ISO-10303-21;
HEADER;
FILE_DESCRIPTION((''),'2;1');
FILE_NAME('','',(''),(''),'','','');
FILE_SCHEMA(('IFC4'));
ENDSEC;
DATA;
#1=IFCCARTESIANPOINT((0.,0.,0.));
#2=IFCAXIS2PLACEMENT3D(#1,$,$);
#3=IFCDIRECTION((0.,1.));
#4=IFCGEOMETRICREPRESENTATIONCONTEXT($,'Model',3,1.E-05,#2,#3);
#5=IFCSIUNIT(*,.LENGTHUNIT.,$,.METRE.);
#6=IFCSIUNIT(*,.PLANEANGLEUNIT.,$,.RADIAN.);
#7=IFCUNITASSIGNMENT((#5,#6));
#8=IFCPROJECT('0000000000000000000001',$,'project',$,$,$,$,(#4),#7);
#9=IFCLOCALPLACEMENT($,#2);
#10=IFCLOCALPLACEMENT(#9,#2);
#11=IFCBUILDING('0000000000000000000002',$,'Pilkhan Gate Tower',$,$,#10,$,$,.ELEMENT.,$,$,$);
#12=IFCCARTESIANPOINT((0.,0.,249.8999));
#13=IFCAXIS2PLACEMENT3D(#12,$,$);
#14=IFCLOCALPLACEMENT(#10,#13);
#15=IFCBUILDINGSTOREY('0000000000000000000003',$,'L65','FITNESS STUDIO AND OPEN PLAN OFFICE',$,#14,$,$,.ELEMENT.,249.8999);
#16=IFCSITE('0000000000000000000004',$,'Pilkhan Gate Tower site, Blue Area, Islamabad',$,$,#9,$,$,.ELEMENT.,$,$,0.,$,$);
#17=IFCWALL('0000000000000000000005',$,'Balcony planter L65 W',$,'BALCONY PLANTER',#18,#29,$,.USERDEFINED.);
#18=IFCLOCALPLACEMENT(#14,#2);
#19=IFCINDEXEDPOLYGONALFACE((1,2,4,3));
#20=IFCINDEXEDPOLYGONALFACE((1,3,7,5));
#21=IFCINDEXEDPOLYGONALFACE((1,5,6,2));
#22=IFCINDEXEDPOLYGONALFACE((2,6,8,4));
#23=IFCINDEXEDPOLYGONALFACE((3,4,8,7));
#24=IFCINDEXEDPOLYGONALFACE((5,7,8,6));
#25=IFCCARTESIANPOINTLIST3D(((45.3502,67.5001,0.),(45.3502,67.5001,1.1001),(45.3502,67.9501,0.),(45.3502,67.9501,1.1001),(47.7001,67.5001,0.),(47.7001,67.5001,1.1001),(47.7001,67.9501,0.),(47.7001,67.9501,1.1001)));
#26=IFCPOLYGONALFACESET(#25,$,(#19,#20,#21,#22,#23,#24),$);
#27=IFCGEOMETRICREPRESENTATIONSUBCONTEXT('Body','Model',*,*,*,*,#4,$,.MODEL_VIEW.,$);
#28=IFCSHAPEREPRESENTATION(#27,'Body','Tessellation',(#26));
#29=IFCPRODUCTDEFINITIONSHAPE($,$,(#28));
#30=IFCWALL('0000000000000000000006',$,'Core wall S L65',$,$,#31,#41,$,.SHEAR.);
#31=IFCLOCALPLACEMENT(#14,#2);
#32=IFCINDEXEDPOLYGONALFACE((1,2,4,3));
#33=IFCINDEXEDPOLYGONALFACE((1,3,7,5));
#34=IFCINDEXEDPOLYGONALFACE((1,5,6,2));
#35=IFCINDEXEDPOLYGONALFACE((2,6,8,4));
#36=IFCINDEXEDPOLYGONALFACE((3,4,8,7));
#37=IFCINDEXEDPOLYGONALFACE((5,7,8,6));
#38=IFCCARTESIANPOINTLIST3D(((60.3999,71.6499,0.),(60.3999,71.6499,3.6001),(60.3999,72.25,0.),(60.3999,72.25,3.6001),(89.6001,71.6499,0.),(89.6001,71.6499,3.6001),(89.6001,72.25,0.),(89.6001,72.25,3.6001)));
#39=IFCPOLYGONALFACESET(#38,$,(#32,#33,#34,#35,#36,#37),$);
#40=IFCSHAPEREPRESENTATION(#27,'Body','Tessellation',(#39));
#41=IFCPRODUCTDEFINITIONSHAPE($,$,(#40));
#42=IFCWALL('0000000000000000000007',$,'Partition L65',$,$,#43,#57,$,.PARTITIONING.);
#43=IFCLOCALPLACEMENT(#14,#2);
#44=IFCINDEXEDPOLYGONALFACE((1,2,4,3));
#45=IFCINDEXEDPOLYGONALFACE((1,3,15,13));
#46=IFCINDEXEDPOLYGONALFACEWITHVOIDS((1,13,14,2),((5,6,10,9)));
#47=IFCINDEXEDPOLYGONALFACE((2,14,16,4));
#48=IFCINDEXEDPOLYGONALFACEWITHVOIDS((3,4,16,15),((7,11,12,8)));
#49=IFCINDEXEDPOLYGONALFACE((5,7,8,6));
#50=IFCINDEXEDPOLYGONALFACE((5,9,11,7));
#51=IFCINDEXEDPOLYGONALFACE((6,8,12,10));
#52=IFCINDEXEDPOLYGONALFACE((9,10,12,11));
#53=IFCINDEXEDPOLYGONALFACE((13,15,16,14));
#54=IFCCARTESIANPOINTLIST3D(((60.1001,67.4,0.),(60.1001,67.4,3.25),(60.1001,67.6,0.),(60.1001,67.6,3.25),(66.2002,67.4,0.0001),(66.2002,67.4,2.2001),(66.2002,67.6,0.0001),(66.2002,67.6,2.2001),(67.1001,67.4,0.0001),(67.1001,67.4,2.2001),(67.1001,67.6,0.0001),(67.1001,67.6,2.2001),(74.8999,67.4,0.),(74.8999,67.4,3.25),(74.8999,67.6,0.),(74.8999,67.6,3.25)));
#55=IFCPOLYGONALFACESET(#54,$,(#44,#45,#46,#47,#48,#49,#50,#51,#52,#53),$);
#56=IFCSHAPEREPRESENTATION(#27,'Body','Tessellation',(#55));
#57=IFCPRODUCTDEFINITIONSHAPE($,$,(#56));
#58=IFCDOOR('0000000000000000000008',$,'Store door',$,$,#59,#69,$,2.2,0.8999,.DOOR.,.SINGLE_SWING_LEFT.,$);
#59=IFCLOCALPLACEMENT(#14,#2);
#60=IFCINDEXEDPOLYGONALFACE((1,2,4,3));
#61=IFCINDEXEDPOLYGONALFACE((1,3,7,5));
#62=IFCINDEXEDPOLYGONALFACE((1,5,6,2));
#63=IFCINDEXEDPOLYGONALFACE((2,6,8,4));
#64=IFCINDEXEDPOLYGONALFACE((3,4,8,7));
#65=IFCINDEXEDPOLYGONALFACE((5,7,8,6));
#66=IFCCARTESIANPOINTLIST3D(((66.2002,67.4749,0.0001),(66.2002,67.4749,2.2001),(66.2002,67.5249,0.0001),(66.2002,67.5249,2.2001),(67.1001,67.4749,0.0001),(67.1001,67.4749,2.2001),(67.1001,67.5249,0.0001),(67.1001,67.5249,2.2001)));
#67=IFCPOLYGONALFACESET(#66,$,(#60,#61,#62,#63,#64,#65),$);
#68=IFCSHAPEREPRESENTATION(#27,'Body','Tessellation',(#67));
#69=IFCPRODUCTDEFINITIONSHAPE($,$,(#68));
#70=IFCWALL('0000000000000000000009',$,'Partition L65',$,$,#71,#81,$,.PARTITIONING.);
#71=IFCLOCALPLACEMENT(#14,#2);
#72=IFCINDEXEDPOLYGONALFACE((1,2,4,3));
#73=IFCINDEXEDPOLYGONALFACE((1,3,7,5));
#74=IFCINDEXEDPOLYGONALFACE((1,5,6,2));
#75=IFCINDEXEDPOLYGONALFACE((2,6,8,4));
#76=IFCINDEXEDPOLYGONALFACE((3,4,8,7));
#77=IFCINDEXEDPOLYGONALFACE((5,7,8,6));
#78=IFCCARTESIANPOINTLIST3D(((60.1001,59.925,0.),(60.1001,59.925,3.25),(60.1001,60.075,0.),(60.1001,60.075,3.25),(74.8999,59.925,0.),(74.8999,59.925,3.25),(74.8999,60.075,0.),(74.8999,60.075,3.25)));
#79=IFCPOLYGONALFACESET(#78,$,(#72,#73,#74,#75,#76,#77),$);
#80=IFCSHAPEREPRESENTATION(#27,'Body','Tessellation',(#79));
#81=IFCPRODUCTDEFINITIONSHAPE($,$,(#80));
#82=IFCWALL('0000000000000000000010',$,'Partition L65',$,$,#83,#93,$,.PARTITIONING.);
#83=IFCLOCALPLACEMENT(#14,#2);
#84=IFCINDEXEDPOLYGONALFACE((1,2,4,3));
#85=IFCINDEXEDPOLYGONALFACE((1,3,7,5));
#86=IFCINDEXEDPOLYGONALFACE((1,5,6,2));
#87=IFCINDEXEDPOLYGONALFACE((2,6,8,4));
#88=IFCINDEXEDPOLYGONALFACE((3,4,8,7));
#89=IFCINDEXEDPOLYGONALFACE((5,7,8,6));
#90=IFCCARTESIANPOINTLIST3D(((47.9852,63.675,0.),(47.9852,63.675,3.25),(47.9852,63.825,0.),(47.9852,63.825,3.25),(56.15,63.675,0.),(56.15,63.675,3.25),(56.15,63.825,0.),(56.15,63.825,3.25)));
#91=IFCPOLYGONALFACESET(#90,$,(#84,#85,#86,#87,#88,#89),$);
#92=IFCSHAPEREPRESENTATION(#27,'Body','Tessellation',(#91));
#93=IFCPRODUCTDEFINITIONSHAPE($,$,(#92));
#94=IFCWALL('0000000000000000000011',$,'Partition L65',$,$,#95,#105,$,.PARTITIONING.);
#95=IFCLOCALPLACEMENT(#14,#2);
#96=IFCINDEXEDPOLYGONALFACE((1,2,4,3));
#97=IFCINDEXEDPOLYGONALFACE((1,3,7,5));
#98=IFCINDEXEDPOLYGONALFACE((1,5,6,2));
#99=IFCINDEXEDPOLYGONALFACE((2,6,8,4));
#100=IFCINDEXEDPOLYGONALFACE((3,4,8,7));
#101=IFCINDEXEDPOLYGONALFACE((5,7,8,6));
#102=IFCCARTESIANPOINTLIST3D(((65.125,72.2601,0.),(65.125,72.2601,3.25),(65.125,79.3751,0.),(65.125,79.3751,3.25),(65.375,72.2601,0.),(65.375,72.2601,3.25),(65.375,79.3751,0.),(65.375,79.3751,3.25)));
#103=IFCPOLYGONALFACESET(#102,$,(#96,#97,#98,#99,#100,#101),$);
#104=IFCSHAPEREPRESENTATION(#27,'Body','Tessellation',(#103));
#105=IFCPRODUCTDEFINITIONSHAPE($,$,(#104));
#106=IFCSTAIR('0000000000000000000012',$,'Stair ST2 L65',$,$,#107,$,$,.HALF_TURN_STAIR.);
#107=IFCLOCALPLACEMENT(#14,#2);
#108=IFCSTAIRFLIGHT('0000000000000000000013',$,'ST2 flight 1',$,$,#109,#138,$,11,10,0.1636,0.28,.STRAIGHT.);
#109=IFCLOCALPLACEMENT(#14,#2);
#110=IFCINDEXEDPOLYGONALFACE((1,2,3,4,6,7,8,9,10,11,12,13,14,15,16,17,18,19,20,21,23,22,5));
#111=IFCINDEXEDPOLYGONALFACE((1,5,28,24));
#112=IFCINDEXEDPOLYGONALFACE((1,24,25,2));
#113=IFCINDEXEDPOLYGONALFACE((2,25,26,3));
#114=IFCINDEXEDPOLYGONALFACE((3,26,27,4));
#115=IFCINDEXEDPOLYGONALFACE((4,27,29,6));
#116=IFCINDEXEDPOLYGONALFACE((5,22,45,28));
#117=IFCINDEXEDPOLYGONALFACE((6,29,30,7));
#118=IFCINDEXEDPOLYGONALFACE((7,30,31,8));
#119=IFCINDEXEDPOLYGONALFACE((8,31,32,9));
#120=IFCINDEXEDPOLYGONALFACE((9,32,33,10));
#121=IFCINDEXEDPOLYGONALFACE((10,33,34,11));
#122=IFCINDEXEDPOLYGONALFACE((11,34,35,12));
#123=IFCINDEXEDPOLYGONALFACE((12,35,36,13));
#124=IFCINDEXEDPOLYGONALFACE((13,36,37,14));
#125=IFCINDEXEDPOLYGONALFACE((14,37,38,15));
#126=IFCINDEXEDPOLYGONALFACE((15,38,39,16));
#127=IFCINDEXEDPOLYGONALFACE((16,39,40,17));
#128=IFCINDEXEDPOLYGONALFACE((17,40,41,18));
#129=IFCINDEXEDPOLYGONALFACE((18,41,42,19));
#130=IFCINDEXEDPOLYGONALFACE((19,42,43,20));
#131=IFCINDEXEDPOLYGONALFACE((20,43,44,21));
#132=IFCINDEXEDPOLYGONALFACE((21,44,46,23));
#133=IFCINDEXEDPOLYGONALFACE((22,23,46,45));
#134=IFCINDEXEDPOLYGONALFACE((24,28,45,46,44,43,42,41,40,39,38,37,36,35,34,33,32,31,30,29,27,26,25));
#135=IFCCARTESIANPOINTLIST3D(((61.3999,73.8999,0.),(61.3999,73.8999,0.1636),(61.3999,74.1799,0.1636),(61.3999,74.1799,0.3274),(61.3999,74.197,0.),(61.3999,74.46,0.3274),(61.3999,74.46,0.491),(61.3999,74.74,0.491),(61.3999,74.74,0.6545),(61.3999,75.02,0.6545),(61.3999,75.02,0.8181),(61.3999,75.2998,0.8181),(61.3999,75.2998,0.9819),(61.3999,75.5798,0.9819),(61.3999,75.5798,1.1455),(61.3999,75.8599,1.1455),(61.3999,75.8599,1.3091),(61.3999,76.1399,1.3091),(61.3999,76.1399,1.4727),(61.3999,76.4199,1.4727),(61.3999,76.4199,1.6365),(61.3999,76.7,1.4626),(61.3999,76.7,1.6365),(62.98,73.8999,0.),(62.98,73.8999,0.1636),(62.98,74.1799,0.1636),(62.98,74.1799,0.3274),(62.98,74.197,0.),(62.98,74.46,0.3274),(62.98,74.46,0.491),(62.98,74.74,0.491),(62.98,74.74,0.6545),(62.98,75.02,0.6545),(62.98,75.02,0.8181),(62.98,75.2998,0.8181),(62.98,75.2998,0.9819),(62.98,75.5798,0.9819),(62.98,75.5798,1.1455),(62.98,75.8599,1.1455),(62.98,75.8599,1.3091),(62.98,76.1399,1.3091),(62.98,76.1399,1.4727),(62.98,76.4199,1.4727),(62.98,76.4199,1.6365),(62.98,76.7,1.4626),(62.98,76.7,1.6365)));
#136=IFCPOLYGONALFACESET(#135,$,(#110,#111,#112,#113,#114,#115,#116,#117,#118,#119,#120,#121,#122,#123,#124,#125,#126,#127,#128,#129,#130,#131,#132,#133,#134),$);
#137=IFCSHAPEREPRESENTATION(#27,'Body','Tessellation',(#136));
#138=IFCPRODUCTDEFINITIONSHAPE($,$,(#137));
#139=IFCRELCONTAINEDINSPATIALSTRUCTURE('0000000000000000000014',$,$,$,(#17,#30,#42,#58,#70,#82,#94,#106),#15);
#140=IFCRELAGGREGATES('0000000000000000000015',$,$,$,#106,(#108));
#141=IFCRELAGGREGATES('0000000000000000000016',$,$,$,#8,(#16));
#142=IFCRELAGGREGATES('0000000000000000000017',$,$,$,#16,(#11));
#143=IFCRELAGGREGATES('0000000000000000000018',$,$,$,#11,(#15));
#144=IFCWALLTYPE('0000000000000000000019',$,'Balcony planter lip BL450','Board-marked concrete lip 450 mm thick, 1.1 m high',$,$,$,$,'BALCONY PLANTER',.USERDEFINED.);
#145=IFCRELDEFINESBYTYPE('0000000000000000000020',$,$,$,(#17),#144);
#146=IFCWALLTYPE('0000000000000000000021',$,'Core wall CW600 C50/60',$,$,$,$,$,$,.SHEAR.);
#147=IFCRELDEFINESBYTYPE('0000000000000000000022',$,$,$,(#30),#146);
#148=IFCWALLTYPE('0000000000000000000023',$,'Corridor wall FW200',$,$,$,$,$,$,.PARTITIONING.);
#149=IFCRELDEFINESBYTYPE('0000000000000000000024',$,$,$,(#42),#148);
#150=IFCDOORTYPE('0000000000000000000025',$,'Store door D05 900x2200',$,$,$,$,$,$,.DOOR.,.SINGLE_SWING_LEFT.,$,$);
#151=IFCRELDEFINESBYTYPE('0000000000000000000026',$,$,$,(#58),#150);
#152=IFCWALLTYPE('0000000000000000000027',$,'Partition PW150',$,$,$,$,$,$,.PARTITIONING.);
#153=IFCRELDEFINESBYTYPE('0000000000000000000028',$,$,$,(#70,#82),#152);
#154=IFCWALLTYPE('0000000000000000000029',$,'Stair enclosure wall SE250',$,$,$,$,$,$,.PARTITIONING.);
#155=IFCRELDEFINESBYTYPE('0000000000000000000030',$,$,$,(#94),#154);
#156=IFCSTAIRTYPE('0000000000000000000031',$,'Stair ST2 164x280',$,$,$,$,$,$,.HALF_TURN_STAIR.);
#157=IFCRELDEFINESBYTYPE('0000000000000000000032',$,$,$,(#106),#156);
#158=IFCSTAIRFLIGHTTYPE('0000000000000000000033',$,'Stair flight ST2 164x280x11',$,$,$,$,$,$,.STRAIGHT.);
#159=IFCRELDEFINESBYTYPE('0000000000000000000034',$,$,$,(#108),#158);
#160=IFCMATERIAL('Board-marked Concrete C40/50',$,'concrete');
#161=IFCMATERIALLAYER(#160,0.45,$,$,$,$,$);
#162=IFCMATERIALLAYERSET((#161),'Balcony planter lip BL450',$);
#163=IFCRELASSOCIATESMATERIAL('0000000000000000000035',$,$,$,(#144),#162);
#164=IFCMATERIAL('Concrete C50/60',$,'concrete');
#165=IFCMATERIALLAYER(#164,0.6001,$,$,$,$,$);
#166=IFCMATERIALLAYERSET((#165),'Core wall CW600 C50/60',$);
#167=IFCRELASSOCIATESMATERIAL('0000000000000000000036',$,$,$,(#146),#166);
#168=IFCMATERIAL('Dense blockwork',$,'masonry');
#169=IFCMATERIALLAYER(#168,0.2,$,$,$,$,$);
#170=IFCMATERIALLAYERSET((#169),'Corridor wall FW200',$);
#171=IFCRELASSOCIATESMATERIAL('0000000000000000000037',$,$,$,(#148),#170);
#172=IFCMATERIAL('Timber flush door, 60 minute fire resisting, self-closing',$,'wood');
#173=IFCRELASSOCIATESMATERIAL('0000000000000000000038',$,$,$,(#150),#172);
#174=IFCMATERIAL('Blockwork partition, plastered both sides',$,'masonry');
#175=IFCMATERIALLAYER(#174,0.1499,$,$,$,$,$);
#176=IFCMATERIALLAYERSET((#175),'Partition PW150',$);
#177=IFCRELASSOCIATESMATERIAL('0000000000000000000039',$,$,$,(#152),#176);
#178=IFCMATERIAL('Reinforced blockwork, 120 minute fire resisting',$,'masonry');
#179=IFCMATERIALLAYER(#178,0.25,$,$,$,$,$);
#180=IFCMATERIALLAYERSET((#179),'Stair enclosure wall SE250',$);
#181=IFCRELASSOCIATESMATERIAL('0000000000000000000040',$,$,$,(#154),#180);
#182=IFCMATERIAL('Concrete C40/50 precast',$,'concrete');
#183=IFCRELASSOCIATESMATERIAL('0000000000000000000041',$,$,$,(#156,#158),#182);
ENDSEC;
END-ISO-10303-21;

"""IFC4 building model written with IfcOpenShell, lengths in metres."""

from ifc_helpers import new_model, si_unit, direction, frame, frame_2d, origin, place, context, subcontext, project, spatial, polyline, rectangle, outline, extrude, material, layer, layer_set, type_object, element, fill, aggregate, save


model = new_model("IFC4")

# Units and contexts
model_context = context("Model", 3, precision=1e-05, world=origin(), true_north=direction((0.0, 1.0)))
body_context = subcontext(model_context, "Body", "Model", "MODEL_VIEW")
ifc_project = project(units=[si_unit("LENGTHUNIT", "METRE"), si_unit("PLANEANGLEUNIT", "RADIAN")], contexts=[model_context])

# Site, building, storey
site_placement = place(None, origin())
site = spatial("IfcSite", under=ifc_project, at=site_placement, Name="Pilkhan Gate Tower site, Blue Area, Islamabad", CompositionType="ELEMENT", RefElevation=0.0)
building_placement = place(site_placement, origin())
building = spatial("IfcBuilding", under=site, at=building_placement, Name="Pilkhan Gate Tower", CompositionType="ELEMENT")
storey_placement = place(building_placement, frame((0.0, 0.0, 249.8999)))
storey = spatial("IfcBuildingStorey", under=building, at=storey_placement, Name="L65", Description="FITNESS STUDIO AND OPEN PLAN OFFICE", CompositionType="ELEMENT", Elevation=249.8999)

# Shared definitions
ifc_material_1 = material(Name="Concrete C50/60", Category="concrete")

# Walls
ifc_material_2 = material(Name="Board-marked Concrete C40/50", Category="concrete")
ifc_layer_1 = layer(ifc_material_2, 0.45)
ifc_layer_set_1 = layer_set([ifc_layer_1], Name="Balcony planter lip BL450")
wall_type_1 = type_object("IfcWallType", Name="Balcony planter lip BL450", Description="Board-marked concrete lip 450 mm thick, 1.1 m high", ElementType="BALCONY PLANTER", PredefinedType="USERDEFINED", material=ifc_layer_set_1)
wall_1_placement = place(storey_placement, frame((47.7, 67.7251, 0.0), z_axis=(0.0, 0.0, 1.0), x_axis=(-1.0, 0.0, 0.0)))
element("IfcWall", 1, at=wall_1_placement, inside=storey, type_object=wall_type_1, Name="Balcony planter L65 W", ObjectType="BALCONY PLANTER", PredefinedType="USERDEFINED", context=body_context, shape_type="SweptSolid", body=[
    extrude(rectangle(XDim=2.3499, YDim=0.45, at=frame_2d((1.1748, 0.0))), origin(), (0.0, 0.0, 1.0), 1.1001),
])
ifc_layer_2 = layer(ifc_material_1, 0.6001)
ifc_layer_set_2 = layer_set([ifc_layer_2], Name="Core wall CW600 C50/60")
wall_type_2 = type_object("IfcWallType", Name="Core wall CW600 C50/60", PredefinedType="SHEAR", material=ifc_layer_set_2)
wall_2_placement = place(storey_placement, frame((60.3999, 71.95, 0.0), z_axis=(0.0, 0.0, 1.0), x_axis=(1.0, 0.0, 0.0)))
element("IfcWall", 2, at=wall_2_placement, inside=storey, type_object=wall_type_2, Name="Core wall S L65", PredefinedType="SHEAR", context=body_context, shape_type="SweptSolid", body=[
    extrude(rectangle(XDim=29.2002, YDim=0.6001, at=frame_2d((14.6001, 0.0))), origin(), (0.0, 0.0, 1.0), 3.6001),
])

# Wall, opening, door
ifc_material_3 = material(Name="Dense blockwork", Category="masonry")
ifc_layer_3 = layer(ifc_material_3, 0.2)
ifc_layer_set_3 = layer_set([ifc_layer_3], Name="Corridor wall FW200")
wall_type_3 = type_object("IfcWallType", Name="Corridor wall FW200", PredefinedType="PARTITIONING", material=ifc_layer_set_3)
wall_3_placement = place(storey_placement, frame((60.1001, 67.5, 0.0), z_axis=(0.0, 0.0, 1.0), x_axis=(1.0, 0.0, 0.0)))
wall_3 = element("IfcWall", 3, at=wall_3_placement, inside=storey, type_object=wall_type_3, Name="Partition L65", PredefinedType="PARTITIONING", context=body_context, shape_type="SweptSolid", body=[
    extrude(rectangle(XDim=14.7998, YDim=0.2, at=frame_2d((7.3999, 0.0))), origin(), (0.0, 0.0, 1.0), 3.25),
])
opening_1_placement = place(wall_3_placement, frame((6.1001, 0.0, 0.0)))
opening_1 = element("IfcOpeningElement", 4, at=opening_1_placement, cuts=wall_3, PredefinedType="OPENING", context=body_context, shape_type="SweptSolid", body=[
    extrude(rectangle(XDim=0.8999, YDim=2.2, at=frame_2d((0.45, 1.1001))), frame((0.0, 0.1099, 0.0), z_axis=(0.0, -1.0, 0.0), x_axis=(1.0, 0.0, 0.0)), (0.0, 0.0, 1.0), 0.22),
])
ifc_material_4 = material(Name="Timber flush door, 60 minute fire resisting, self-closing", Category="wood")
door_type_1 = type_object("IfcDoorType", Name="Store door D05 900x2200", OperationType="SINGLE_SWING_LEFT", PredefinedType="DOOR", material=ifc_material_4)
door_1_placement = place(opening_1_placement, origin())
door_1 = element("IfcDoor", 5, at=door_1_placement, inside=storey, type_object=door_type_1, Name="Store door", OperationType="SINGLE_SWING_LEFT", OverallHeight=2.2, OverallWidth=0.8999, PredefinedType="DOOR", context=body_context, shape_type="SweptSolid", body=[
    extrude(rectangle(XDim=0.8999, YDim=2.2, at=frame_2d((0.45, 1.1001))), frame((0.0, 0.0249, 0.0), z_axis=(0.0, -1.0, 0.0), x_axis=(1.0, 0.0, 0.0)), (0.0, 0.0, 1.0), 0.05),
])
fill(opening_1, door_1)

# Walls
ifc_material_5 = material(Name="Blockwork partition, plastered both sides", Category="masonry")
ifc_layer_4 = layer(ifc_material_5, 0.1499)
ifc_layer_set_4 = layer_set([ifc_layer_4], Name="Partition PW150")
wall_type_4 = type_object("IfcWallType", Name="Partition PW150", PredefinedType="PARTITIONING", material=ifc_layer_set_4)
wall_4_placement = place(storey_placement, frame((60.1001, 60.0, 0.0), z_axis=(0.0, 0.0, 1.0), x_axis=(1.0, 0.0, 0.0)))
element("IfcWall", 6, at=wall_4_placement, inside=storey, type_object=wall_type_4, Name="Partition L65", PredefinedType="PARTITIONING", context=body_context, shape_type="SweptSolid", body=[
    extrude(rectangle(XDim=14.7998, YDim=0.1499, at=frame_2d((7.3999, 0.0))), origin(), (0.0, 0.0, 1.0), 3.25),
])
wall_5_placement = place(storey_placement, frame((47.9851, 63.75, 0.0), z_axis=(0.0, 0.0, 1.0), x_axis=(1.0, 0.0, 0.0)))
element("IfcWall", 7, at=wall_5_placement, inside=storey, type_object=wall_type_4, Name="Partition L65", PredefinedType="PARTITIONING", context=body_context, shape_type="SweptSolid", body=[
    extrude(rectangle(XDim=8.1648, YDim=0.1499, at=frame_2d((4.0825, 0.0))), origin(), (0.0, 0.0, 1.0), 3.25),
])
ifc_material_6 = material(Name="Reinforced blockwork, 120 minute fire resisting", Category="masonry")
ifc_layer_5 = layer(ifc_material_6, 0.25)
ifc_layer_set_5 = layer_set([ifc_layer_5], Name="Stair enclosure wall SE250")
wall_type_5 = type_object("IfcWallType", Name="Stair enclosure wall SE250", PredefinedType="PARTITIONING", material=ifc_layer_set_5)
wall_6_placement = place(storey_placement, frame((65.25, 72.26, 0.0), z_axis=(0.0, 0.0, 1.0), x_axis=(0.0, 1.0, 0.0)))
element("IfcWall", 8, at=wall_6_placement, inside=storey, type_object=wall_type_5, Name="Partition L65", PredefinedType="PARTITIONING", context=body_context, shape_type="SweptSolid", body=[
    extrude(rectangle(XDim=7.115, YDim=0.25, at=frame_2d((3.5576, 0.0))), origin(), (0.0, 0.0, 1.0), 3.25),
])

# Stair, stair flight
ifc_material_7 = material(Name="Concrete C40/50 precast", Category="concrete")
stair_type = type_object("IfcStairType", Name="Stair ST2 164x280", PredefinedType="HALF_TURN_STAIR", material=ifc_material_7)
stair_placement = place(storey_placement, origin())
stair = element("IfcStair", 9, at=stair_placement, inside=storey, type_object=stair_type, Name="Stair ST2 L65", PredefinedType="HALF_TURN_STAIR")
stair_flight_type = type_object("IfcStairFlightType", Name="Stair flight ST2 164x280x11", PredefinedType="STRAIGHT", material=ifc_material_7)
stair_flight_placement = place(storey_placement, frame((62.1899, 73.8999, 0.0), z_axis=(0.0, 0.0, 1.0), x_axis=(0.0, 1.0, 0.0)))
stair_flight = element("IfcStairFlight", 10, at=stair_flight_placement, type_object=stair_flight_type, Name="ST2 flight 1", NumberOfRisers=11, NumberOfTreads=10, PredefinedType="STRAIGHT", RiserHeight=0.1636, TreadLength=0.28, context=body_context, shape_type="SweptSolid", body=[
    extrude(outline(polyline([(0.0, 0.0), (0.0, 0.1636), (0.28, 0.1636), (0.28, 0.3274), (0.5601, 0.3274), (0.5601, 0.491), (0.8401, 0.491), (0.8401, 0.6545), (1.1201, 0.6545), (1.1201, 0.8181), (1.3999, 0.8181), (1.3999, 0.9819), (1.6799, 0.9819), (1.6799, 1.1455), (1.96, 1.1455), (1.96, 1.3091), (2.24, 1.3091), (2.24, 1.4727), (2.52, 1.4727), (2.52, 1.6365), (2.8, 1.6365), (2.8, 1.8), (2.8, 1.4626), (0.2971, 0.0), (0.0, 0.0)])), frame((0.0, 0.79, 0.0), z_axis=(0.0, -1.0, 0.0), x_axis=(1.0, 0.0, 0.0)), (0.0, 0.0, 1.0), 1.5801),
])
aggregate(stair, [stair_flight])

save(model, "model.ifc")
